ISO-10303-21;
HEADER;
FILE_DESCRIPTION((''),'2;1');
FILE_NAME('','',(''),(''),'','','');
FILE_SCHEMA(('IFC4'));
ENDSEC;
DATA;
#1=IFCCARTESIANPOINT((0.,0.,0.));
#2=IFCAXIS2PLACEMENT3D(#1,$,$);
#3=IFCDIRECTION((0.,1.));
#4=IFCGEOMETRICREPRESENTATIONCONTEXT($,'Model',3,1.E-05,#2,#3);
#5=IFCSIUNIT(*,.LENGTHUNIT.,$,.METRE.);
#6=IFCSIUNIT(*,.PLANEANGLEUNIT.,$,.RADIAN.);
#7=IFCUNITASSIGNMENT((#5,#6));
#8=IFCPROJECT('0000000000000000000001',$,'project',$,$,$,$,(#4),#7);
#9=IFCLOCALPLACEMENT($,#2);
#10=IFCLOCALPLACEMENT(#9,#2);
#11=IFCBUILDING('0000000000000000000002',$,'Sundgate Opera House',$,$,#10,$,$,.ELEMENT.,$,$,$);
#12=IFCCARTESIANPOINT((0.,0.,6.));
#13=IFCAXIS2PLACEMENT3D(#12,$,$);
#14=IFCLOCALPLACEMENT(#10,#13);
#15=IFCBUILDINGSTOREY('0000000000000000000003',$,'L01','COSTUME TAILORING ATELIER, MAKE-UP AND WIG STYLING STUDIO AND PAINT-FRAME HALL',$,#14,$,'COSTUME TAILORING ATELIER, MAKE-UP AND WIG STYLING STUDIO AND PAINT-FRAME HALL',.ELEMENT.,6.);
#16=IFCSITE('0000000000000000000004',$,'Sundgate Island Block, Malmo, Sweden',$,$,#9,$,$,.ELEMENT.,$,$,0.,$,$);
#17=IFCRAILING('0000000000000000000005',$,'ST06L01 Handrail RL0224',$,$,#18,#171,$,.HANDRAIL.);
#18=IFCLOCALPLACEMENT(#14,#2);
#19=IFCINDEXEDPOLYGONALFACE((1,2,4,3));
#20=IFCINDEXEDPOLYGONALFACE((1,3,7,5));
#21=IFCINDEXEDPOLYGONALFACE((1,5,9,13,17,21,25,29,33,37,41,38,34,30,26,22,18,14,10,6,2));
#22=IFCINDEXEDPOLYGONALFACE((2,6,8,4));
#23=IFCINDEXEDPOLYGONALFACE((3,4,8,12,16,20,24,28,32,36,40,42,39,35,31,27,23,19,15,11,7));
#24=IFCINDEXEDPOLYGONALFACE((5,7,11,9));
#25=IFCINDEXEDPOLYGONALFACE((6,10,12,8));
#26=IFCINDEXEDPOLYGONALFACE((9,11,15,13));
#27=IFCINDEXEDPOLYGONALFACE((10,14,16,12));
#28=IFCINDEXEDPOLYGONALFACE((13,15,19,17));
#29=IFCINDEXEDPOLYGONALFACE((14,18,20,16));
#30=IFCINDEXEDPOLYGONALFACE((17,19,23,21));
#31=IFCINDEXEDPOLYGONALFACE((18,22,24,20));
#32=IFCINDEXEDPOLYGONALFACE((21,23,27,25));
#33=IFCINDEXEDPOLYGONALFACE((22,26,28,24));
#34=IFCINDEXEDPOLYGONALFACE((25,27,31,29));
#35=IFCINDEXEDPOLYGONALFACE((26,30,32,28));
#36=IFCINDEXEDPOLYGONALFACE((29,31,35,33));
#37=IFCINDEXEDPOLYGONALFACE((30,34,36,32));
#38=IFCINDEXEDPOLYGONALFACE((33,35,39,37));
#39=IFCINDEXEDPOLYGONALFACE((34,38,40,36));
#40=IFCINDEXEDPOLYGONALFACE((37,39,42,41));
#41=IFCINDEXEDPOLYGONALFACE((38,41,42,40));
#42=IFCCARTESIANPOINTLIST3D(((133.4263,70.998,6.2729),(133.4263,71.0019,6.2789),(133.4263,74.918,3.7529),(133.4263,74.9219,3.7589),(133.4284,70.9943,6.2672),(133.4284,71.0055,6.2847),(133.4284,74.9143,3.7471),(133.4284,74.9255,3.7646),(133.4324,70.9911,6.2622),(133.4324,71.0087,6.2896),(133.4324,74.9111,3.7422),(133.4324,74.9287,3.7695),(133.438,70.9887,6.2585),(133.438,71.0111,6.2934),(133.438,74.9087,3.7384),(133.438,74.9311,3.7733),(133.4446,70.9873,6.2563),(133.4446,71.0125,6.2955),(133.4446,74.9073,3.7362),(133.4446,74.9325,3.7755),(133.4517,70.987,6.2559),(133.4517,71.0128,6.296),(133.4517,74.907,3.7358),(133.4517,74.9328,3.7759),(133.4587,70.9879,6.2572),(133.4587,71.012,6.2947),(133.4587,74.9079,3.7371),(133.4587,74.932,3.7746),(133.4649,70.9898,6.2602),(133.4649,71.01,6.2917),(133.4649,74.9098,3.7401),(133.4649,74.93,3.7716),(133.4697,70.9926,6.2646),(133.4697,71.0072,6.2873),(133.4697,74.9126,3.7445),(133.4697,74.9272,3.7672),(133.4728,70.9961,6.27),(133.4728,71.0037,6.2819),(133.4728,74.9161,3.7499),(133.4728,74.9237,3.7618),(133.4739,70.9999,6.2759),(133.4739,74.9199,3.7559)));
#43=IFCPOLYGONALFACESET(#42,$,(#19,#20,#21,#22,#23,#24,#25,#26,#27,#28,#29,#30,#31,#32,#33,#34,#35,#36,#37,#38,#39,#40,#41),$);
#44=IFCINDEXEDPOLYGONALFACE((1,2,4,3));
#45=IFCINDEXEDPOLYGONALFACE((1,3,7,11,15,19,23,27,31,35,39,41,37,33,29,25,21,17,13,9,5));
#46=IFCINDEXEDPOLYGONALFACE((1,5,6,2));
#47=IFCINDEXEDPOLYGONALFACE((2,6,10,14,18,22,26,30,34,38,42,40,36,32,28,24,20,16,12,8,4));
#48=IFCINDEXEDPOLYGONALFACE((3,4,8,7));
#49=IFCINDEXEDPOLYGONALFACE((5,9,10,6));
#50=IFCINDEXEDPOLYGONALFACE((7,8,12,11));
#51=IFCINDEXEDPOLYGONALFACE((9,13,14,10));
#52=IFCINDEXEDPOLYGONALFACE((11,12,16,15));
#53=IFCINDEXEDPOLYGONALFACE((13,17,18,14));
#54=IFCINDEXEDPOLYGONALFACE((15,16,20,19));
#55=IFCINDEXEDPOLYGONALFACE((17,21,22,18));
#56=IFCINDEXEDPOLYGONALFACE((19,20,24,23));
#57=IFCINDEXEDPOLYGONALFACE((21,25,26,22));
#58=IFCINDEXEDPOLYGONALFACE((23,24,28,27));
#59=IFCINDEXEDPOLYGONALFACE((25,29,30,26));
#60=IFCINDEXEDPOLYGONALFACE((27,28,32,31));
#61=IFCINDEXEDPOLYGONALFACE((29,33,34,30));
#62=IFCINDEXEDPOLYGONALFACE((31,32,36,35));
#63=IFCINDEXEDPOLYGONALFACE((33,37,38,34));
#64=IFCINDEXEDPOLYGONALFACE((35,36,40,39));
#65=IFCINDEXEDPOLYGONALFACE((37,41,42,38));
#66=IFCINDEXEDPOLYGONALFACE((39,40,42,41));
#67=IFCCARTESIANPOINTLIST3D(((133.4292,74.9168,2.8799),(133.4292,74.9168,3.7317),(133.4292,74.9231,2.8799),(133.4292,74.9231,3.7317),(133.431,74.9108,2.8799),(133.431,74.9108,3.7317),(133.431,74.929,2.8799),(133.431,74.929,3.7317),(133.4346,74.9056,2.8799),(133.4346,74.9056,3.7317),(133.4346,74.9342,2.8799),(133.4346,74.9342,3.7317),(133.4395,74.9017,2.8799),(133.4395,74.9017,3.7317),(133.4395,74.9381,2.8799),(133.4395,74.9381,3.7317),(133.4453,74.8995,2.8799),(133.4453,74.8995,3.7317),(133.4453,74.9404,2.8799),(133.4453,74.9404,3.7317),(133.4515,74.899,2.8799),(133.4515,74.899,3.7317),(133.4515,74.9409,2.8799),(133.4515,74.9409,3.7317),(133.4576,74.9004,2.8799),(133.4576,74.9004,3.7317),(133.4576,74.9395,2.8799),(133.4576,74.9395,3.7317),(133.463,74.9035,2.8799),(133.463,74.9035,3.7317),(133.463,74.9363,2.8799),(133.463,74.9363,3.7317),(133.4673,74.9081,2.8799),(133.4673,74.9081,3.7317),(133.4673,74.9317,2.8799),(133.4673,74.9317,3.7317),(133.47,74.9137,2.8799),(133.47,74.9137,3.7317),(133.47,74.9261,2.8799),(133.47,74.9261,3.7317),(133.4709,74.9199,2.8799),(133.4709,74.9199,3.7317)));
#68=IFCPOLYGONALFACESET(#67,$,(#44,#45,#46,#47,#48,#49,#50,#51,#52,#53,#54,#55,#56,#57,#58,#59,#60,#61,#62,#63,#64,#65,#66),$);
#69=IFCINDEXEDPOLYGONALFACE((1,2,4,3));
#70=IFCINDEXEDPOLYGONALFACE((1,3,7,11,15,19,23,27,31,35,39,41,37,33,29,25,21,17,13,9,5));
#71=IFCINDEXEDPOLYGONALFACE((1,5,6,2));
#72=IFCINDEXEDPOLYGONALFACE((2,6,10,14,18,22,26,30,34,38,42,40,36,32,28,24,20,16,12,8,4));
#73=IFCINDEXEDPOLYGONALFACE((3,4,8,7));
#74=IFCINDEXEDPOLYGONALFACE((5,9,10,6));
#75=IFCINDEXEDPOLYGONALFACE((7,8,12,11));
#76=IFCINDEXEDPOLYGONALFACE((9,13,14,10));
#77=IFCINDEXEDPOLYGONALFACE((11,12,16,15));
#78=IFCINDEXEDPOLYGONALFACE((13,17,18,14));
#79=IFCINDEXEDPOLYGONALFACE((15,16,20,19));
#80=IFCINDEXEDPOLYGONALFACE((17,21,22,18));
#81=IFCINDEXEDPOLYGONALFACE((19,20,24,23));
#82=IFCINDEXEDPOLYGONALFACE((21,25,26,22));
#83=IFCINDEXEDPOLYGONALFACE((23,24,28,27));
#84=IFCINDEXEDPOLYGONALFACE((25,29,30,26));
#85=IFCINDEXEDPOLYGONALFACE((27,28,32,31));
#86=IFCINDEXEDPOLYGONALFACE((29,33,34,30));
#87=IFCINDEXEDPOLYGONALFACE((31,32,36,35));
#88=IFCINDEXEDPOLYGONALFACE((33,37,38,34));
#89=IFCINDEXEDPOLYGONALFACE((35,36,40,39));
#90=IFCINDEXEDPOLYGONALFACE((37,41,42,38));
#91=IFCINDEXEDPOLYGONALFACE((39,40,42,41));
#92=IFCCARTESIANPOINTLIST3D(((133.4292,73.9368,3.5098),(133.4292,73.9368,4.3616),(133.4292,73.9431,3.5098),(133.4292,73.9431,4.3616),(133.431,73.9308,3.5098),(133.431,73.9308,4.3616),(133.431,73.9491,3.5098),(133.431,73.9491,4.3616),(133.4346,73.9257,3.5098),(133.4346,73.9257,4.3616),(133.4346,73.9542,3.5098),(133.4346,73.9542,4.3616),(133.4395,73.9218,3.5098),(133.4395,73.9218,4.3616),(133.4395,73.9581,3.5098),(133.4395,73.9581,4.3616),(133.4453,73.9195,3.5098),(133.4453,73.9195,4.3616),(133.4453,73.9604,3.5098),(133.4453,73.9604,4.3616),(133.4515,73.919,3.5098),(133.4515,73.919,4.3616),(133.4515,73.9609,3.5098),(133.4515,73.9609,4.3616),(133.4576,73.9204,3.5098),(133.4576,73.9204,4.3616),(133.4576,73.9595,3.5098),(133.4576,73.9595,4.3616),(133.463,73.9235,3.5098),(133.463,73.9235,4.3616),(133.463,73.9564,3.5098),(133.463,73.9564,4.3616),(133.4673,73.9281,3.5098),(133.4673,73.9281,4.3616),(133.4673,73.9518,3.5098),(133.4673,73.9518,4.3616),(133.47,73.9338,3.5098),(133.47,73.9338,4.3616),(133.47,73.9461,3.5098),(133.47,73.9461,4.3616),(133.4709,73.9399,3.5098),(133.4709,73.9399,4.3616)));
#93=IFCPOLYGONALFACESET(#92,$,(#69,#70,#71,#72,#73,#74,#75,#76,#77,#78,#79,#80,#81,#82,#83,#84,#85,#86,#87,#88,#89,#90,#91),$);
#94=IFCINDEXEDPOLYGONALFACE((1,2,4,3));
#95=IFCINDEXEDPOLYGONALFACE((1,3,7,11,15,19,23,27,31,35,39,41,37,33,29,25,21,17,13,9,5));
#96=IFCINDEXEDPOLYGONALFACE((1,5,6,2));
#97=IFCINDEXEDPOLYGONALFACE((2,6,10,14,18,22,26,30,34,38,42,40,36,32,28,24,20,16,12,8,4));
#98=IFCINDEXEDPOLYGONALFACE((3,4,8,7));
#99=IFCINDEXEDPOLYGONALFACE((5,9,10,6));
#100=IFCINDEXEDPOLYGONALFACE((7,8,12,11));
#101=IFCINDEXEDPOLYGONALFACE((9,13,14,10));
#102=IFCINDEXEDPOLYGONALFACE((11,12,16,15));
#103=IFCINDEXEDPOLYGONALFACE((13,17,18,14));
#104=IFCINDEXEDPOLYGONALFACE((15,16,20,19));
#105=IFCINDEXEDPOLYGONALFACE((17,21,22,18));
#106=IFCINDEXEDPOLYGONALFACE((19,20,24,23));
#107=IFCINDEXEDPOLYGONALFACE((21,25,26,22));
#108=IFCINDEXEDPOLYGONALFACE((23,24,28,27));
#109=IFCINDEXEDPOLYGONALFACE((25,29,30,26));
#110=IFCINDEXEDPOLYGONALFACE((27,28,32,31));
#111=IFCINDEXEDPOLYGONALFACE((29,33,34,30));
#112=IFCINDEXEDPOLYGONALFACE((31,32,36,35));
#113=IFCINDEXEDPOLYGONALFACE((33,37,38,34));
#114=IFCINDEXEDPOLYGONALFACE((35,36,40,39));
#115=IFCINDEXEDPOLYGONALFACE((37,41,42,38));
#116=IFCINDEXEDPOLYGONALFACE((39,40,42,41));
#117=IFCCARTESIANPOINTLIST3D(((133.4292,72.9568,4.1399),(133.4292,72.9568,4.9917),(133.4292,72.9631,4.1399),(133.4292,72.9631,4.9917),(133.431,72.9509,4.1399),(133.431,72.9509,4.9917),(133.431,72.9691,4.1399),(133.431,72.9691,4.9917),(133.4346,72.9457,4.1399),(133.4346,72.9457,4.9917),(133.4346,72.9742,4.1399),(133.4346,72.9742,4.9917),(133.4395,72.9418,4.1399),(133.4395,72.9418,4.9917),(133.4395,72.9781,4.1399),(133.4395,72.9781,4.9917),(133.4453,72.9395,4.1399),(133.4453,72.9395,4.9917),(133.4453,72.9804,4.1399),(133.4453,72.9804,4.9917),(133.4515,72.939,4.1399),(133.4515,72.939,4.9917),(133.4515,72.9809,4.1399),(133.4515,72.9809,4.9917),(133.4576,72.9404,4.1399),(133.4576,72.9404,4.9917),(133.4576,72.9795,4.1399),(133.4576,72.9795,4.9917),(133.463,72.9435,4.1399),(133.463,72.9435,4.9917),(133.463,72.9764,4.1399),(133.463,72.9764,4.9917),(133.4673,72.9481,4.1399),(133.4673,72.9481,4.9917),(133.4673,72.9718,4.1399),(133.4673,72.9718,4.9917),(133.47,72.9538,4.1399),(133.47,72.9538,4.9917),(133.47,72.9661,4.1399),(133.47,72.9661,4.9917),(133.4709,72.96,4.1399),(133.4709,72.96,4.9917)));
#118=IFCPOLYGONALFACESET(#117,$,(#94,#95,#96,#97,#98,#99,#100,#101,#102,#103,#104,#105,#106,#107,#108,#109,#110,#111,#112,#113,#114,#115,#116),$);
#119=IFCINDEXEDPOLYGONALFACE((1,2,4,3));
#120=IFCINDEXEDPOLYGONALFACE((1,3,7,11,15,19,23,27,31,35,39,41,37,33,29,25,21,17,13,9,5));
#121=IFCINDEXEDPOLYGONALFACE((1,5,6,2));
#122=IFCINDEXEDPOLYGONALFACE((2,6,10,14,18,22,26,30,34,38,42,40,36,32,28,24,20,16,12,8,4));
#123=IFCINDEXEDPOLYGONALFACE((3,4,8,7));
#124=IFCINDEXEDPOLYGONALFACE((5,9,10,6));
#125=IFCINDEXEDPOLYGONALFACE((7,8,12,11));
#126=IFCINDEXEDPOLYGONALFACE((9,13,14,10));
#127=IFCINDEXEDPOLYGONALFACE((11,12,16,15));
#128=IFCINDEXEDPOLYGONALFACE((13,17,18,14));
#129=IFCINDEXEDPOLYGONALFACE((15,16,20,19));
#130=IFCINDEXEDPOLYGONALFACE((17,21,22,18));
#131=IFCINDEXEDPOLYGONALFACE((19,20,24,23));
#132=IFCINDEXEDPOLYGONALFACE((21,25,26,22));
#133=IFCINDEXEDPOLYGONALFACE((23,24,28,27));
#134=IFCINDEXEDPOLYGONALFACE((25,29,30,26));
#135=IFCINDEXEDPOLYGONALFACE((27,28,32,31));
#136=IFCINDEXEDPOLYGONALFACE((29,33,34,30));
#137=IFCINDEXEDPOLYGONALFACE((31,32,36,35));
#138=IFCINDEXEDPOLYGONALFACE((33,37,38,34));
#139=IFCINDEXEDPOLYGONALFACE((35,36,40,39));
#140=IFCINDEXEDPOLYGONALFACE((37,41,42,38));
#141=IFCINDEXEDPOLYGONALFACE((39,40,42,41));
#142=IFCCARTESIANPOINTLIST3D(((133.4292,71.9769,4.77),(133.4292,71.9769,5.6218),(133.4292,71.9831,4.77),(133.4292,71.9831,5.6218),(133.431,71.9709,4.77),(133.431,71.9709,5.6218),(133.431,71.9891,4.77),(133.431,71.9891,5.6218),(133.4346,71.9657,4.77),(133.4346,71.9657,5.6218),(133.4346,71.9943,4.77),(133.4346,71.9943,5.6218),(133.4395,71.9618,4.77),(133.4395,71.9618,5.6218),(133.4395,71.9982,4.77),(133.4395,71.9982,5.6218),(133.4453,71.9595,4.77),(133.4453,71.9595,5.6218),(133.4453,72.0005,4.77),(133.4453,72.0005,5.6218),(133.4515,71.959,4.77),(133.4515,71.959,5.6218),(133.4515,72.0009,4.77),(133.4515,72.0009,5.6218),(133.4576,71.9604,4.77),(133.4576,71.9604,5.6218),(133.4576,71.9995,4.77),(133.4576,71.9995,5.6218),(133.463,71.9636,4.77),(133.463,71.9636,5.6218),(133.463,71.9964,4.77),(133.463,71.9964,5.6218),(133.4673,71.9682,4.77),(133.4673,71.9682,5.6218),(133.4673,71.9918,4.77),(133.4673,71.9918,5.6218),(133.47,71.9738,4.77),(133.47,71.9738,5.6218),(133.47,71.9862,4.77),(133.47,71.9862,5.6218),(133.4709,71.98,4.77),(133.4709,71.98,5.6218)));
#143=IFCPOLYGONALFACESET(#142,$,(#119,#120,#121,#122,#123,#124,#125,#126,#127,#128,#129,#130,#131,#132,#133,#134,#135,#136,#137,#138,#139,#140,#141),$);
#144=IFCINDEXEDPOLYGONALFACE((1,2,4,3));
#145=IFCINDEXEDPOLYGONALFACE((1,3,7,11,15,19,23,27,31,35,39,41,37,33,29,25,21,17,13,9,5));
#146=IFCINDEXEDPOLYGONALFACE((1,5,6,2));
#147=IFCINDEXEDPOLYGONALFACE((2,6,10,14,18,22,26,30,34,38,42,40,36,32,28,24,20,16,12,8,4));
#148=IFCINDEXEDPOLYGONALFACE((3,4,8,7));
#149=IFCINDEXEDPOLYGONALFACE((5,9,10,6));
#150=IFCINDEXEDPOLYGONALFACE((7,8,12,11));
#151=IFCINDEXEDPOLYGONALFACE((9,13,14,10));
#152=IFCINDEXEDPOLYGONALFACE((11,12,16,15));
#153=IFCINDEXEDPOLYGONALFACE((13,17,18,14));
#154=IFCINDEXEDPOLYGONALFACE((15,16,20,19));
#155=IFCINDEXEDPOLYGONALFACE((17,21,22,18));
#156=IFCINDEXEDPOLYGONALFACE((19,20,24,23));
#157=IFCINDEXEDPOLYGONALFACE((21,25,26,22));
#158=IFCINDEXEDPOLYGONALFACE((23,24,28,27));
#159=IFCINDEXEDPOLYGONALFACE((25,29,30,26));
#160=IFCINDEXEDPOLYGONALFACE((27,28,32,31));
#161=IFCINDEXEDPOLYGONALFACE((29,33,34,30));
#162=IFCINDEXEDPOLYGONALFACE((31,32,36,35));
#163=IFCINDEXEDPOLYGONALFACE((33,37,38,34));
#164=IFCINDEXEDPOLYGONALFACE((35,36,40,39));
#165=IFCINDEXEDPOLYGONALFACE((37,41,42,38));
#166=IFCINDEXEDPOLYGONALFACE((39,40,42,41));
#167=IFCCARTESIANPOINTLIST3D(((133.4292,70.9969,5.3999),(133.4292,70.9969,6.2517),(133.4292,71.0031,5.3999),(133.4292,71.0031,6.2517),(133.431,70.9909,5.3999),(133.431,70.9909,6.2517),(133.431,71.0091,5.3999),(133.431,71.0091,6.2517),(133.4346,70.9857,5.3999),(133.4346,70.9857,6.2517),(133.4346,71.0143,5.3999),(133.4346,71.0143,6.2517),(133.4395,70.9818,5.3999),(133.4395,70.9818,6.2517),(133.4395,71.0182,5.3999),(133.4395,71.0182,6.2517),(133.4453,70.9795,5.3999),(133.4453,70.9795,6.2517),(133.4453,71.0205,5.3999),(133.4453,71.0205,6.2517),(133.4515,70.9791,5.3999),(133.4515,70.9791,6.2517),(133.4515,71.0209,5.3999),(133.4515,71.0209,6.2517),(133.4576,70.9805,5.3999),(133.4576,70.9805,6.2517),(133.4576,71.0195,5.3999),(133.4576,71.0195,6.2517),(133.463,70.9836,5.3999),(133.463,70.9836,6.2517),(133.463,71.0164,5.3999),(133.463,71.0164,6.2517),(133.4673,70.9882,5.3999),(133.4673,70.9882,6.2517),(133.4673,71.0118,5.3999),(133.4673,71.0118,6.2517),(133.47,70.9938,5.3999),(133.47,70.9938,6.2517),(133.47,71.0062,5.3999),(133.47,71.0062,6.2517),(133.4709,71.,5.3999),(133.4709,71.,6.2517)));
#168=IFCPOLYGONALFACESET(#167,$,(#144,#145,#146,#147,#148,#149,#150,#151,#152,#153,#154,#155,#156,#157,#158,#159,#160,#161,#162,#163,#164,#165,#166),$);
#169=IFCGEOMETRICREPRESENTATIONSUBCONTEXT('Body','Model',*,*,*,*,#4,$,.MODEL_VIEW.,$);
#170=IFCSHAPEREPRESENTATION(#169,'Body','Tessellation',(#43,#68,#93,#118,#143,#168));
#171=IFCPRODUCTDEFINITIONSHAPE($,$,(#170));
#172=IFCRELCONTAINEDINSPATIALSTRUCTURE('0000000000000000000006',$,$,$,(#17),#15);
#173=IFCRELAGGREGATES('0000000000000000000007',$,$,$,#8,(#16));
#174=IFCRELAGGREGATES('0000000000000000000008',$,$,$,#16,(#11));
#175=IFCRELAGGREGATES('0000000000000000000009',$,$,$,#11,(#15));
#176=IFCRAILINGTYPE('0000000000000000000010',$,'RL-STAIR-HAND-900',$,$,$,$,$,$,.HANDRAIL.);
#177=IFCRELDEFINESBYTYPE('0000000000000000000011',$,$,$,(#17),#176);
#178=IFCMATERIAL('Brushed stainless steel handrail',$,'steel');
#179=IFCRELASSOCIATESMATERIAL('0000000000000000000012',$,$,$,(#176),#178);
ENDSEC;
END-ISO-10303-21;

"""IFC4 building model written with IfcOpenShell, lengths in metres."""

from ifc_helpers import new_model, si_unit, direction, frame, origin, origin_2d, place, context, subcontext, project, spatial, circle, extrude, material, type_object, element, save


model = new_model("IFC4")

# Units and contexts
model_context = context("Model", 3, precision=1e-05, world=origin(), true_north=direction((0.0, 1.0)))
body_context = subcontext(model_context, "Body", "Model", "MODEL_VIEW")
ifc_project = project(units=[si_unit("LENGTHUNIT", "METRE"), si_unit("PLANEANGLEUNIT", "RADIAN")], contexts=[model_context])

# Site, building, storey
site_placement = place(None, origin())
site = spatial("IfcSite", under=ifc_project, at=site_placement, Name="Sundgate Island Block, Malmo, Sweden", CompositionType="ELEMENT", RefElevation=0.0)
building_placement = place(site_placement, origin())
building = spatial("IfcBuilding", under=site, at=building_placement, Name="Sundgate Opera House", CompositionType="ELEMENT")
storey_placement = place(building_placement, frame((0.0, 0.0, 6.0)))
storey = spatial("IfcBuildingStorey", under=building, at=storey_placement, Name="L01", Description="COSTUME TAILORING ATELIER, MAKE-UP AND WIG STYLING STUDIO AND PAINT-FRAME HALL", LongName="COSTUME TAILORING ATELIER, MAKE-UP AND WIG STYLING STUDIO AND PAINT-FRAME HALL", CompositionType="ELEMENT", Elevation=6.0)

# Railing
ifc_material_1 = material(Name="Brushed stainless steel handrail", Category="steel")
railing_type_1 = type_object("IfcRailingType", Name="RL-STAIR-HAND-900", PredefinedType="HANDRAIL", material=ifc_material_1)
railing_1_placement = place(storey_placement, frame((133.45, 74.9199, 2.8799)))
element("IfcRailing", 1, at=railing_1_placement, inside=storey, type_object=railing_type_1, Name="ST06L01 Handrail RL0224", PredefinedType="HANDRAIL", context=body_context, shape_type="SweptSolid", body=[
    extrude(circle(Radius=0.0239, at=origin_2d()), frame((0.0, 0.0, 0.876), z_axis=(0.0, -0.841172, 0.540768), x_axis=(1.0, 0.0, 0.0)), (0.0, 0.0, 1.0), 4.6602),
    extrude(circle(Radius=0.021, at=origin_2d()), origin(), (0.0, 0.0, 1.0), 0.8518),
    extrude(circle(Radius=0.021, at=origin_2d()), frame((0.0, -0.98, 0.6299)), (0.0, 0.0, 1.0), 0.8518),
    extrude(circle(Radius=0.021, at=origin_2d()), frame((0.0, -1.96, 1.26)), (0.0, 0.0, 1.0), 0.8518),
    extrude(circle(Radius=0.021, at=origin_2d()), frame((0.0, -2.9399, 1.8901)), (0.0, 0.0, 1.0), 0.8518),
    extrude(circle(Radius=0.021, at=origin_2d()), frame((0.0, -3.9199, 2.52)), (0.0, 0.0, 1.0), 0.8518),
])

save(model, "model.ifc")
